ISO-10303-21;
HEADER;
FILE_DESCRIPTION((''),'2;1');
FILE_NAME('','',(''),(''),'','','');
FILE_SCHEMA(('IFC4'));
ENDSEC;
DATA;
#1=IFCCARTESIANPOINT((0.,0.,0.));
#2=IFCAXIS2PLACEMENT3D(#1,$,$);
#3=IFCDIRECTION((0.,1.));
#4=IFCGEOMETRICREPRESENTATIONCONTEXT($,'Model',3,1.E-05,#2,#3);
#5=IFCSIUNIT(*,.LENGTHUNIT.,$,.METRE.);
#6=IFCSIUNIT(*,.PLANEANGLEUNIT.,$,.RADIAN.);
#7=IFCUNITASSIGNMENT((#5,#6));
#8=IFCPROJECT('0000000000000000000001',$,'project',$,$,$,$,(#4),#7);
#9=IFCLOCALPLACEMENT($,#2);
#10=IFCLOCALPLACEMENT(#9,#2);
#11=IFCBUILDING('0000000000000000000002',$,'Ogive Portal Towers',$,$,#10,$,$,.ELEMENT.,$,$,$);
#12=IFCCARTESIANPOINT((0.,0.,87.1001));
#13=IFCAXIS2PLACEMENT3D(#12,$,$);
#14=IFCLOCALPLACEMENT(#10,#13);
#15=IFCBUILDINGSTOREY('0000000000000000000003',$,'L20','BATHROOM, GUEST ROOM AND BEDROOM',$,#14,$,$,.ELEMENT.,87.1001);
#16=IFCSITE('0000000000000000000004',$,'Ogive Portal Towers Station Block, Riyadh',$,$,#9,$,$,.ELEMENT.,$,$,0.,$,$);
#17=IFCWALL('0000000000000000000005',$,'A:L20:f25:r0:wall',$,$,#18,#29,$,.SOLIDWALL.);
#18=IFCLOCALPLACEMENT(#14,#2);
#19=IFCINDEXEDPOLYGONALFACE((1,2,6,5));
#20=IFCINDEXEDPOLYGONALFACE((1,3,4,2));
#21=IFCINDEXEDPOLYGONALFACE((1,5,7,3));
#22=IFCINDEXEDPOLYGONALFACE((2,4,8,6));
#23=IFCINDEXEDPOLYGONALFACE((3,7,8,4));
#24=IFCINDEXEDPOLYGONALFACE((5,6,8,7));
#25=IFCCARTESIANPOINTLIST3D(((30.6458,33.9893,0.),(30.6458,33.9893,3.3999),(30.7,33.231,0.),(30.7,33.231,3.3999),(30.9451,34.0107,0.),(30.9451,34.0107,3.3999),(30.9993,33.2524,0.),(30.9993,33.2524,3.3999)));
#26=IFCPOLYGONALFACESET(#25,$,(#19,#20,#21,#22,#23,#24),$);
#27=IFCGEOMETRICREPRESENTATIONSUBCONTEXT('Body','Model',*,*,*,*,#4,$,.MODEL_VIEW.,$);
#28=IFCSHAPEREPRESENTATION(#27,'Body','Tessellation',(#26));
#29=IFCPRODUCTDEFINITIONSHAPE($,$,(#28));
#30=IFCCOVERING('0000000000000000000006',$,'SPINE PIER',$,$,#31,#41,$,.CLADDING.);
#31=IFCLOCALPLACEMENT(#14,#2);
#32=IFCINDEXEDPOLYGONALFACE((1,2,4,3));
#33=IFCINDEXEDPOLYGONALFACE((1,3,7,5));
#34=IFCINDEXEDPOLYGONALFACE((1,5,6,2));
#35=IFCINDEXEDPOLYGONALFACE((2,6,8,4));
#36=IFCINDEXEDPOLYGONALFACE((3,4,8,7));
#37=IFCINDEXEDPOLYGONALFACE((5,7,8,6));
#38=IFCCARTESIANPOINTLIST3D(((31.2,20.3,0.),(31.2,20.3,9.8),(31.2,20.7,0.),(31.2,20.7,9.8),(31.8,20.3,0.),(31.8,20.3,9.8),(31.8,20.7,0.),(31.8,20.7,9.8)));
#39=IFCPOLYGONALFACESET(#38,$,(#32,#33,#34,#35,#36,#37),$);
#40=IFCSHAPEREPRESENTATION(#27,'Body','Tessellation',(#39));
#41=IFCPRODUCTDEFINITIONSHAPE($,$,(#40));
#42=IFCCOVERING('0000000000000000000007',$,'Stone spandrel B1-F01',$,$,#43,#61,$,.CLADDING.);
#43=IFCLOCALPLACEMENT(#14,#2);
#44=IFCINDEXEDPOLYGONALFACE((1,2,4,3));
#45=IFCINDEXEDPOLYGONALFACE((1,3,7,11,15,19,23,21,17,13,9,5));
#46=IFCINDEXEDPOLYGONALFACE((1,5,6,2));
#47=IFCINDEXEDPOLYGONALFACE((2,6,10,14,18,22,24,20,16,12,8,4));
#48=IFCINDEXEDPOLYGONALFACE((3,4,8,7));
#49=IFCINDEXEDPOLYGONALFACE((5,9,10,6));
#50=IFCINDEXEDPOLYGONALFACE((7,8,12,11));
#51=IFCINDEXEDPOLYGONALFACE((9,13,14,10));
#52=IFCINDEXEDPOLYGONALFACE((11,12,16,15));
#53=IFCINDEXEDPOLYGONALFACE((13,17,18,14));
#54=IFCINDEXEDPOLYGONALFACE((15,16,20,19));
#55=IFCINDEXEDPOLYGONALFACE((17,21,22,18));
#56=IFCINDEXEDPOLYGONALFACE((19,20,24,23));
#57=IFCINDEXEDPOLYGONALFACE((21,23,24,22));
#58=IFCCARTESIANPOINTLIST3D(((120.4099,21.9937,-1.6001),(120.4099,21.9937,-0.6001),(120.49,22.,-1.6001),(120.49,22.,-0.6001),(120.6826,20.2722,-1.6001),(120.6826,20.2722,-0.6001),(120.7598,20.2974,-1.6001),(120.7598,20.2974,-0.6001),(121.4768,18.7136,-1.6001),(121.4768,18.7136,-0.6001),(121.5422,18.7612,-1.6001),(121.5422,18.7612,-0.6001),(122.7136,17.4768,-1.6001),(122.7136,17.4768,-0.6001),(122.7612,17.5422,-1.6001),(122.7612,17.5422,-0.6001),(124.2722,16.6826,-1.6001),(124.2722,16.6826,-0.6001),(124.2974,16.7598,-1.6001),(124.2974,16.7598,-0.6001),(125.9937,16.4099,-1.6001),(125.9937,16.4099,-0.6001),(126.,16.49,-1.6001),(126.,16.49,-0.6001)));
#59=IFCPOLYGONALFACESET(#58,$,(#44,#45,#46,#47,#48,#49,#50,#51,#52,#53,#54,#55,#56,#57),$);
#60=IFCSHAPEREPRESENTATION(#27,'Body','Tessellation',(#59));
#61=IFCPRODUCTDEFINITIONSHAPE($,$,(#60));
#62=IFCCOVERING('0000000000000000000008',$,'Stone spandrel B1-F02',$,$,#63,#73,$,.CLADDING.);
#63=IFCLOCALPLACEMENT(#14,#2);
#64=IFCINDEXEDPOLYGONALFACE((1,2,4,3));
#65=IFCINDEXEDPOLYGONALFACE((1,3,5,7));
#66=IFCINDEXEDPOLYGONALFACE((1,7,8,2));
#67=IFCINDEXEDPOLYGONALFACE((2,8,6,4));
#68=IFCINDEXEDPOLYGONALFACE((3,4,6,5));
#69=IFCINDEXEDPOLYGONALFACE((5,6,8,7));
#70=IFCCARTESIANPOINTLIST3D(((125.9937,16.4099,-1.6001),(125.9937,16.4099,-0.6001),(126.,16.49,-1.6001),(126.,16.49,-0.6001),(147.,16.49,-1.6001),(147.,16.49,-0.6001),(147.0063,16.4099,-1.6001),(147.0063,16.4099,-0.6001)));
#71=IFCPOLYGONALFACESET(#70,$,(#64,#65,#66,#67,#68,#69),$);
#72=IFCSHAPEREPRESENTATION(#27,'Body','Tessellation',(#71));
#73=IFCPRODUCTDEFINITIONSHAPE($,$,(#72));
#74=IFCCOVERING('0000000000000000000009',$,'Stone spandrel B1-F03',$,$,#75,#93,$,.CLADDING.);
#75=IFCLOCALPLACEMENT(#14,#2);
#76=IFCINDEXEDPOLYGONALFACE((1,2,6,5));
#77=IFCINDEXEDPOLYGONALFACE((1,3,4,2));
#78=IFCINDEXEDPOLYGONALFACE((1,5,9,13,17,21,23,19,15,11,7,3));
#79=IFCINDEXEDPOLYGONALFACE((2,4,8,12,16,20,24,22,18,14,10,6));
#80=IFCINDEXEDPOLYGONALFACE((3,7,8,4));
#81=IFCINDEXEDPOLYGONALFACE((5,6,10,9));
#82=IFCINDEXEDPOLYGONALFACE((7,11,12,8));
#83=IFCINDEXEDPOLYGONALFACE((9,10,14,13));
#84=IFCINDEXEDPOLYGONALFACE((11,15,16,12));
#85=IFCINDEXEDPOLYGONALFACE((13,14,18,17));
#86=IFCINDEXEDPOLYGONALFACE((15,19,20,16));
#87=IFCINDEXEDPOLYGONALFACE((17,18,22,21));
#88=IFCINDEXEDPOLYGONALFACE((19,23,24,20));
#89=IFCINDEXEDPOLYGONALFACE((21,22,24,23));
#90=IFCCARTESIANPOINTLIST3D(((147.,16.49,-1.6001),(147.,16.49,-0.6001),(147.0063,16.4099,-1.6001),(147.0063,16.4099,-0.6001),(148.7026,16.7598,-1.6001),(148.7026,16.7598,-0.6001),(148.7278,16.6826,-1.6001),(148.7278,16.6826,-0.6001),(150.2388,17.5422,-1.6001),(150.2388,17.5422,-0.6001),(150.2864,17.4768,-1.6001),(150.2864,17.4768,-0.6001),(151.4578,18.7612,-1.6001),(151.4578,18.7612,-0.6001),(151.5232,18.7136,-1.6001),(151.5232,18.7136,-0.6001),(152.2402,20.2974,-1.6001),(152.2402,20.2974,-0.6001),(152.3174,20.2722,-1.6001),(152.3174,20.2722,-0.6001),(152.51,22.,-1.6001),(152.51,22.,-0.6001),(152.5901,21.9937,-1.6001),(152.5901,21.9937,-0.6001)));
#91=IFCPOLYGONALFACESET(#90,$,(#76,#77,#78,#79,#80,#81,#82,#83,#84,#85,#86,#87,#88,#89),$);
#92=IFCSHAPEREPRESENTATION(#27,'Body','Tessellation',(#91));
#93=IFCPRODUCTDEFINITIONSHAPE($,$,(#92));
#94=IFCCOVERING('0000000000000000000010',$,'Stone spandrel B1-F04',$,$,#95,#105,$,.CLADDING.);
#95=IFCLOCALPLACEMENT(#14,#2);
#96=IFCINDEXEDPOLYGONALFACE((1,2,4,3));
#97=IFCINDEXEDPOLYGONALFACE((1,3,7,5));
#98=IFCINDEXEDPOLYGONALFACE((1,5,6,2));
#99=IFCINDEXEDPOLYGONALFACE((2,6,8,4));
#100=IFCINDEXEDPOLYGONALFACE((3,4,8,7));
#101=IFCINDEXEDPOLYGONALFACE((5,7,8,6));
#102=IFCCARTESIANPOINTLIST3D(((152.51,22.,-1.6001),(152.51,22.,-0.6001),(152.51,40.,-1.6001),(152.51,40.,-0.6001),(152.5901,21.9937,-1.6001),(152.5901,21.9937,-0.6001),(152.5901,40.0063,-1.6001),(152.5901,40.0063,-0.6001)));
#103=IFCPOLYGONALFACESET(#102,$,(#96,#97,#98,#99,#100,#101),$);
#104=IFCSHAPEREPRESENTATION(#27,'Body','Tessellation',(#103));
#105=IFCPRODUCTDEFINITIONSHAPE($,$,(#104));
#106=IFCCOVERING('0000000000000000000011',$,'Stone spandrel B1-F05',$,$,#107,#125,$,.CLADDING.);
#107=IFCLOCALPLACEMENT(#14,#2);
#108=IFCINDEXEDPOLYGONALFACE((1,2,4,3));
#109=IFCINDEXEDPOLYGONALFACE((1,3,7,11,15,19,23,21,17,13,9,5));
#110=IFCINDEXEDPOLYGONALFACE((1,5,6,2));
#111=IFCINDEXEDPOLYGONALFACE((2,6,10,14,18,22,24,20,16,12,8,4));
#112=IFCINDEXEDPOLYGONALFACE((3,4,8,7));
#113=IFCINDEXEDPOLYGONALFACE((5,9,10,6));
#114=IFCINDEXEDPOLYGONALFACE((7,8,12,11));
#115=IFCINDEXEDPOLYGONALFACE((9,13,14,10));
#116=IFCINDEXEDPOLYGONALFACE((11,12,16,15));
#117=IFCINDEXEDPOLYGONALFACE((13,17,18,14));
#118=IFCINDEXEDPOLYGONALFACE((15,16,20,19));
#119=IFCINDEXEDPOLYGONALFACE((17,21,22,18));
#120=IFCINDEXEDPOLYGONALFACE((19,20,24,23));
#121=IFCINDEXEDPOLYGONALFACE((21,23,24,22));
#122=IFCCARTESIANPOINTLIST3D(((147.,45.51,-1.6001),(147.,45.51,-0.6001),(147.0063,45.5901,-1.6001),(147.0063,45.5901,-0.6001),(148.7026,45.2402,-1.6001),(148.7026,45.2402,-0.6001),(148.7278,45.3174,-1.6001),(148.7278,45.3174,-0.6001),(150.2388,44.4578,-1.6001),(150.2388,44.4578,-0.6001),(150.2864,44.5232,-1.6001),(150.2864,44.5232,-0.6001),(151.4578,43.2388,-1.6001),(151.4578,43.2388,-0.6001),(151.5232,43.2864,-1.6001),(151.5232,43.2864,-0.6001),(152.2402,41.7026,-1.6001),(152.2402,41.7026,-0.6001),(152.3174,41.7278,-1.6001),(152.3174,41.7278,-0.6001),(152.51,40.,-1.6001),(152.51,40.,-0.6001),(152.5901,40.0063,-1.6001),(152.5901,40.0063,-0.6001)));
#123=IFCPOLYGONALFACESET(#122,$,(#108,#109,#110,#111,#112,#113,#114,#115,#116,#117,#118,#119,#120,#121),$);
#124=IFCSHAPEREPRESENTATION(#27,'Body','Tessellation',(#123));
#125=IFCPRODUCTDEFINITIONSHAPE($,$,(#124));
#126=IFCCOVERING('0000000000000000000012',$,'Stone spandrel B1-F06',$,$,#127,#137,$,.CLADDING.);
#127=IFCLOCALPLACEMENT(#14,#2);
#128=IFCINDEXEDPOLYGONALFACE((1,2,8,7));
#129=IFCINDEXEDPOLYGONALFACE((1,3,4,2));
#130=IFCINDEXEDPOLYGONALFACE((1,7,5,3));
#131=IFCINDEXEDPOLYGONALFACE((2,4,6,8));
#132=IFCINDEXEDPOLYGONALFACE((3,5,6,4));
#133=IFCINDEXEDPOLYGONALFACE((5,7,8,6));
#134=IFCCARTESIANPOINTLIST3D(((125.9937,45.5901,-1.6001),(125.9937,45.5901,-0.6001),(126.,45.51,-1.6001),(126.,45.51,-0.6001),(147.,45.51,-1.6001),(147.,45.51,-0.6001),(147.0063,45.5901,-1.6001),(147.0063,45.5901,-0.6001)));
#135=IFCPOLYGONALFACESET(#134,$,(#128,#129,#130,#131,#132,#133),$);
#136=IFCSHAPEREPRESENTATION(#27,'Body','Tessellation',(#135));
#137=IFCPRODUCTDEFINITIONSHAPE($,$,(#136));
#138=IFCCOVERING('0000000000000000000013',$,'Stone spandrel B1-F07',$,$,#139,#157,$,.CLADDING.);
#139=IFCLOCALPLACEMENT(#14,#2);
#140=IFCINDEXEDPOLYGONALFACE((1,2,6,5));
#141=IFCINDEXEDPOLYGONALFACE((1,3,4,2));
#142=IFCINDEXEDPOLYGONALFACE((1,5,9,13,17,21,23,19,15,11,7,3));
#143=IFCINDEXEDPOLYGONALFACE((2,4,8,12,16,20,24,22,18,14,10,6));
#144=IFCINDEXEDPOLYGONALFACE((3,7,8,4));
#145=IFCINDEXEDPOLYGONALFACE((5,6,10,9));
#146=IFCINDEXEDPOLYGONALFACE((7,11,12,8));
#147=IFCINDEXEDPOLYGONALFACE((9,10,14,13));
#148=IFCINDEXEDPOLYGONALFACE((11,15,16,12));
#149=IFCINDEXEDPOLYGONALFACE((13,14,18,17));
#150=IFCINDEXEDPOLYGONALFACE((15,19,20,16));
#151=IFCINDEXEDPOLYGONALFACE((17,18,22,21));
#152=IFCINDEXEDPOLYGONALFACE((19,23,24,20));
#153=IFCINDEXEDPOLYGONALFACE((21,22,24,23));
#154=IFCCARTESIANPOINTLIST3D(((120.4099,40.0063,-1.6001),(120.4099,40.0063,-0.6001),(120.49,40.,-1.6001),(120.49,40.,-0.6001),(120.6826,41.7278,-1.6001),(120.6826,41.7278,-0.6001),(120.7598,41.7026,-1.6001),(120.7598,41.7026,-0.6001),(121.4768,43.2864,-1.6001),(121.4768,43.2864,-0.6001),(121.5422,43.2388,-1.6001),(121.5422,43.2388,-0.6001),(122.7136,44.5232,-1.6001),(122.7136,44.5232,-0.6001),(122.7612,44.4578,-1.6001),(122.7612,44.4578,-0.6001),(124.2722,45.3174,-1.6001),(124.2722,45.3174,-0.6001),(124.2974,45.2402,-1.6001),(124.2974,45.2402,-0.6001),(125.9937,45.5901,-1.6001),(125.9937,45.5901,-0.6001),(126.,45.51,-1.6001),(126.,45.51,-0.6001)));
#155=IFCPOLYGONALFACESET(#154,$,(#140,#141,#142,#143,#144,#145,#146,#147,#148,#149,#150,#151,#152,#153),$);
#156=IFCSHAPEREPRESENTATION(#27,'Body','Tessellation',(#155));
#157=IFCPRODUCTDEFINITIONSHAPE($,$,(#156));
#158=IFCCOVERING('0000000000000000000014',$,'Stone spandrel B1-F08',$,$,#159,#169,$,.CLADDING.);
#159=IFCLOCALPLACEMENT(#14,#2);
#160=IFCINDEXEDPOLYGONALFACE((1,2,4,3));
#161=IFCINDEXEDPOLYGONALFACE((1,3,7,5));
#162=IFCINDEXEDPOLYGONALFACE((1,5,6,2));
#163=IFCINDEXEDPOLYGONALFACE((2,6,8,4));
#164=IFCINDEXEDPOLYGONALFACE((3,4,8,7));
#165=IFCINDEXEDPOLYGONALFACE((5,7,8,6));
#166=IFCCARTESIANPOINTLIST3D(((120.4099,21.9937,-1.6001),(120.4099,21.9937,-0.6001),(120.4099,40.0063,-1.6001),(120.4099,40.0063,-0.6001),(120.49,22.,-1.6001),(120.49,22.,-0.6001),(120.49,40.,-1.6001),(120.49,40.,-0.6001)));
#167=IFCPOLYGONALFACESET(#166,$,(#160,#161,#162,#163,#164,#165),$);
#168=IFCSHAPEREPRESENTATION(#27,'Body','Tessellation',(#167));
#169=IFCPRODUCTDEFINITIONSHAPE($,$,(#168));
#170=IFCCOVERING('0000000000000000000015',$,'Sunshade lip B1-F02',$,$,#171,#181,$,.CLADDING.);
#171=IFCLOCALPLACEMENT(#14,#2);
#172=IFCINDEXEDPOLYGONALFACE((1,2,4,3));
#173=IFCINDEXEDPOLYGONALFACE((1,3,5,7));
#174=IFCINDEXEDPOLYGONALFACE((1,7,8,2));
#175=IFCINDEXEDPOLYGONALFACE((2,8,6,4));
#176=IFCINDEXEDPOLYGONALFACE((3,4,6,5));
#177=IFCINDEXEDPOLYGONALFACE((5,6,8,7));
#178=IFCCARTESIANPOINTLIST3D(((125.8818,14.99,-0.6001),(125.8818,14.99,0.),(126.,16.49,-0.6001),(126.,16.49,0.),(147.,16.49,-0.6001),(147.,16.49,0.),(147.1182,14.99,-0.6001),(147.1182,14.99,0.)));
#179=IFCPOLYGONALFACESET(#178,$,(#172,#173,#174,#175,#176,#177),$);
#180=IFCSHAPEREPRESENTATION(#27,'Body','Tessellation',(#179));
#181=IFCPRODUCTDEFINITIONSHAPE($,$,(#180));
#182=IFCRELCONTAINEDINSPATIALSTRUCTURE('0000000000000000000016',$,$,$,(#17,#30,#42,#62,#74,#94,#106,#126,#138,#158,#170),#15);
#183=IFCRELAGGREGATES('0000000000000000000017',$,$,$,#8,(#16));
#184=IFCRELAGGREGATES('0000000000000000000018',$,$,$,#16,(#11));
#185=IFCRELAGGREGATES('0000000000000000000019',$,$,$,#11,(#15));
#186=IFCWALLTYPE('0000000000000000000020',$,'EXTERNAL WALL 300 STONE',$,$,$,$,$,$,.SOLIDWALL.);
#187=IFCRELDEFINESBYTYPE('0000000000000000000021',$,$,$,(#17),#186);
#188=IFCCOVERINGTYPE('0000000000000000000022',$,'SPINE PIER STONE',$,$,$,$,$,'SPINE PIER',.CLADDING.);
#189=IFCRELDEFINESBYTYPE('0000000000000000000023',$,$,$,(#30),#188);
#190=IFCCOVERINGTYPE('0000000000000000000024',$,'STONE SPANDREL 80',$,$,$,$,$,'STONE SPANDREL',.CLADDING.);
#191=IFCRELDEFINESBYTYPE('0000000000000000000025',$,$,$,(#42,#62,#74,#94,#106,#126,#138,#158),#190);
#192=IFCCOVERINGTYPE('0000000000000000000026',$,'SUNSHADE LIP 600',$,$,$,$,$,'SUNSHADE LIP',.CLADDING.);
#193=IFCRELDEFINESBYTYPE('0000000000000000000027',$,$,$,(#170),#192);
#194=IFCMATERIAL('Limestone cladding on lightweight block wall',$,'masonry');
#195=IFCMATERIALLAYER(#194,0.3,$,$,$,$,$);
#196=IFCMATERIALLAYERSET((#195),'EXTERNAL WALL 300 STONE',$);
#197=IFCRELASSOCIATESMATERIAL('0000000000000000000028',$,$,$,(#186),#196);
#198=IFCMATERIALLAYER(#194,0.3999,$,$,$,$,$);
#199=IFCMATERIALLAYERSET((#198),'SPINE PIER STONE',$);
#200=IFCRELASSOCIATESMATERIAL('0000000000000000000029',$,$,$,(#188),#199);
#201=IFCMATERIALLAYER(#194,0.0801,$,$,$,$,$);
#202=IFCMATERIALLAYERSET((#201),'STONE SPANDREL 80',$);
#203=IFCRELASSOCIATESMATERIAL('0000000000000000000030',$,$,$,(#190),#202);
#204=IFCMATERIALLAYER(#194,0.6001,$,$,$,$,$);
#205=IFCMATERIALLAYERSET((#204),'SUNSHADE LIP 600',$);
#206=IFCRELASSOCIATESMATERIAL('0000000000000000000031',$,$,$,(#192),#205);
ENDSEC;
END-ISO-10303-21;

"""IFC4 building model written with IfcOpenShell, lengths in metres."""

from ifc_helpers import new_model, si_unit, direction, frame, frame_2d, origin, origin_2d, place, context, subcontext, project, spatial, polyline, rectangle, outline, extrude, material, layer, layer_set, type_object, element, save


model = new_model("IFC4")

# Units and contexts
model_context = context("Model", 3, precision=1e-05, world=origin(), true_north=direction((0.0, 1.0)))
body_context = subcontext(model_context, "Body", "Model", "MODEL_VIEW")
ifc_project = project(units=[si_unit("LENGTHUNIT", "METRE"), si_unit("PLANEANGLEUNIT", "RADIAN")], contexts=[model_context])

# Site, building, storey
site_placement = place(None, origin())
site = spatial("IfcSite", under=ifc_project, at=site_placement, Name="Ogive Portal Towers Station Block, Riyadh", CompositionType="ELEMENT", RefElevation=0.0)
building_placement = place(site_placement, origin())
building = spatial("IfcBuilding", under=site, at=building_placement, Name="Ogive Portal Towers", CompositionType="ELEMENT")
storey_placement = place(building_placement, frame((0.0, 0.0, 87.1001)))
storey = spatial("IfcBuildingStorey", under=building, at=storey_placement, Name="L20", Description="BATHROOM, GUEST ROOM AND BEDROOM", CompositionType="ELEMENT", Elevation=87.1001)

# Wall
ifc_material_1 = material(Name="Limestone cladding on lightweight block wall", Category="masonry")
ifc_layer_1 = layer(ifc_material_1, 0.3)
ifc_layer_set_1 = layer_set([ifc_layer_1], Name="EXTERNAL WALL 300 STONE")
wall_type_1 = type_object("IfcWallType", Name="EXTERNAL WALL 300 STONE", PredefinedType="SOLIDWALL", material=ifc_layer_set_1)
wall_1_placement = place(storey_placement, frame((30.7954, 34.0, 0.0), z_axis=(0.0, 0.0, 1.0), x_axis=(0.071293, -0.997455, 0.0)))
element("IfcWall", 1, at=wall_1_placement, inside=storey, type_object=wall_type_1, Name="A:L20:f25:r0:wall", PredefinedType="SOLIDWALL", context=body_context, shape_type="SweptSolid", body=[
    extrude(rectangle(XDim=0.7603, YDim=0.3, at=frame_2d((0.3801, 0.0))), origin(), (0.0, 0.0, 1.0), 3.3999),
])

# Coverings
ifc_layer_2 = layer(ifc_material_1, 0.3999)
ifc_layer_set_2 = layer_set([ifc_layer_2], Name="SPINE PIER STONE")
covering_type_1 = type_object("IfcCoveringType", Name="SPINE PIER STONE", ElementType="SPINE PIER", PredefinedType="CLADDING", material=ifc_layer_set_2)
covering_1_placement = place(storey_placement, frame((31.5, 20.5, 0.0), z_axis=(0.0, 0.0, 1.0), x_axis=(1.0, 0.0, 0.0)))
element("IfcCovering", 2, at=covering_1_placement, inside=storey, type_object=covering_type_1, Name="SPINE PIER", PredefinedType="CLADDING", context=body_context, shape_type="SweptSolid", body=[
    extrude(rectangle(XDim=0.6001, YDim=0.3999, at=origin_2d()), origin(), (0.0, 0.0, 1.0), 9.8),
])
ifc_layer_3 = layer(ifc_material_1, 0.0801)
ifc_layer_set_3 = layer_set([ifc_layer_3], Name="STONE SPANDREL 80")
covering_type_2 = type_object("IfcCoveringType", Name="STONE SPANDREL 80", ElementType="STONE SPANDREL", PredefinedType="CLADDING", material=ifc_layer_set_3)
covering_2_placement = place(storey_placement, frame((0.0, 0.0, -1.6001)))
element("IfcCovering", 3, at=covering_2_placement, inside=storey, type_object=covering_type_2, Name="Stone spandrel B1-F01", PredefinedType="CLADDING", context=body_context, shape_type="SweptSolid", body=[
    extrude(outline(polyline([(120.49, 22.0), (120.7598, 20.2974), (121.5422, 18.7612), (122.7612, 17.5422), (124.2974, 16.7598), (126.0, 16.49), (125.9937, 16.4099), (124.2722, 16.6826), (122.7136, 17.4768), (121.4768, 18.7136), (120.6826, 20.2722), (120.4099, 21.9937), (120.49, 22.0)])), origin(), (0.0, 0.0, 1.0), 1.0),
])
covering_3_placement = place(storey_placement, frame((0.0, 0.0, -1.6001)))
element("IfcCovering", 4, at=covering_3_placement, inside=storey, type_object=covering_type_2, Name="Stone spandrel B1-F02", PredefinedType="CLADDING", context=body_context, shape_type="SweptSolid", body=[
    extrude(outline(polyline([(126.0, 16.49), (147.0, 16.49), (147.0063, 16.4099), (125.9937, 16.4099), (126.0, 16.49)])), origin(), (0.0, 0.0, 1.0), 1.0),
])
covering_4_placement = place(storey_placement, frame((0.0, 0.0, -1.6001)))
element("IfcCovering", 5, at=covering_4_placement, inside=storey, type_object=covering_type_2, Name="Stone spandrel B1-F03", PredefinedType="CLADDING", context=body_context, shape_type="SweptSolid", body=[
    extrude(outline(polyline([(147.0, 16.49), (148.7026, 16.7598), (150.2388, 17.5422), (151.4578, 18.7612), (152.2402, 20.2974), (152.51, 22.0), (152.5901, 21.9937), (152.3174, 20.2722), (151.5232, 18.7136), (150.2864, 17.4768), (148.7278, 16.6826), (147.0063, 16.4099), (147.0, 16.49)])), origin(), (0.0, 0.0, 1.0), 1.0),
])
covering_5_placement = place(storey_placement, frame((0.0, 0.0, -1.6001)))
element("IfcCovering", 6, at=covering_5_placement, inside=storey, type_object=covering_type_2, Name="Stone spandrel B1-F04", PredefinedType="CLADDING", context=body_context, shape_type="SweptSolid", body=[
    extrude(outline(polyline([(152.51, 22.0), (152.51, 40.0), (152.5901, 40.0063), (152.5901, 21.9937), (152.51, 22.0)])), origin(), (0.0, 0.0, 1.0), 1.0),
])
covering_6_placement = place(storey_placement, frame((0.0, 0.0, -1.6001)))
element("IfcCovering", 7, at=covering_6_placement, inside=storey, type_object=covering_type_2, Name="Stone spandrel B1-F05", PredefinedType="CLADDING", context=body_context, shape_type="SweptSolid", body=[
    extrude(outline(polyline([(152.51, 40.0), (152.2402, 41.7026), (151.4578, 43.2388), (150.2388, 44.4578), (148.7026, 45.2402), (147.0, 45.51), (147.0063, 45.5901), (148.7278, 45.3174), (150.2864, 44.5232), (151.5232, 43.2864), (152.3174, 41.7278), (152.5901, 40.0063), (152.51, 40.0)])), origin(), (0.0, 0.0, 1.0), 1.0),
])
covering_7_placement = place(storey_placement, frame((0.0, 0.0, -1.6001)))
element("IfcCovering", 8, at=covering_7_placement, inside=storey, type_object=covering_type_2, Name="Stone spandrel B1-F06", PredefinedType="CLADDING", context=body_context, shape_type="SweptSolid", body=[
    extrude(outline(polyline([(147.0, 45.51), (126.0, 45.51), (125.9937, 45.5901), (147.0063, 45.5901), (147.0, 45.51)])), origin(), (0.0, 0.0, 1.0), 1.0),
])
covering_8_placement = place(storey_placement, frame((0.0, 0.0, -1.6001)))
element("IfcCovering", 9, at=covering_8_placement, inside=storey, type_object=covering_type_2, Name="Stone spandrel B1-F07", PredefinedType="CLADDING", context=body_context, shape_type="SweptSolid", body=[
    extrude(outline(polyline([(126.0, 45.51), (124.2974, 45.2402), (122.7612, 44.4578), (121.5422, 43.2388), (120.7598, 41.7026), (120.49, 40.0), (120.4099, 40.0063), (120.6826, 41.7278), (121.4768, 43.2864), (122.7136, 44.5232), (124.2722, 45.3174), (125.9937, 45.5901), (126.0, 45.51)])), origin(), (0.0, 0.0, 1.0), 1.0),
])
covering_9_placement = place(storey_placement, frame((0.0, 0.0, -1.6001)))
element("IfcCovering", 10, at=covering_9_placement, inside=storey, type_object=covering_type_2, Name="Stone spandrel B1-F08", PredefinedType="CLADDING", context=body_context, shape_type="SweptSolid", body=[
    extrude(outline(polyline([(120.49, 40.0), (120.49, 22.0), (120.4099, 21.9937), (120.4099, 40.0063), (120.49, 40.0)])), origin(), (0.0, 0.0, 1.0), 1.0),
])
ifc_layer_4 = layer(ifc_material_1, 0.6001)
ifc_layer_set_4 = layer_set([ifc_layer_4], Name="SUNSHADE LIP 600")
covering_type_3 = type_object("IfcCoveringType", Name="SUNSHADE LIP 600", ElementType="SUNSHADE LIP", PredefinedType="CLADDING", material=ifc_layer_set_4)
covering_10_placement = place(storey_placement, frame((0.0, 0.0, -0.6001)))
element("IfcCovering", 11, at=covering_10_placement, inside=storey, type_object=covering_type_3, Name="Sunshade lip B1-F02", PredefinedType="CLADDING", context=body_context, shape_type="SweptSolid", body=[
    extrude(outline(polyline([(126.0, 16.49), (147.0, 16.49), (147.1182, 14.99), (125.8818, 14.99), (126.0, 16.49)])), origin(), (0.0, 0.0, 1.0), 0.6001),
])

save(model, "model.ifc")
